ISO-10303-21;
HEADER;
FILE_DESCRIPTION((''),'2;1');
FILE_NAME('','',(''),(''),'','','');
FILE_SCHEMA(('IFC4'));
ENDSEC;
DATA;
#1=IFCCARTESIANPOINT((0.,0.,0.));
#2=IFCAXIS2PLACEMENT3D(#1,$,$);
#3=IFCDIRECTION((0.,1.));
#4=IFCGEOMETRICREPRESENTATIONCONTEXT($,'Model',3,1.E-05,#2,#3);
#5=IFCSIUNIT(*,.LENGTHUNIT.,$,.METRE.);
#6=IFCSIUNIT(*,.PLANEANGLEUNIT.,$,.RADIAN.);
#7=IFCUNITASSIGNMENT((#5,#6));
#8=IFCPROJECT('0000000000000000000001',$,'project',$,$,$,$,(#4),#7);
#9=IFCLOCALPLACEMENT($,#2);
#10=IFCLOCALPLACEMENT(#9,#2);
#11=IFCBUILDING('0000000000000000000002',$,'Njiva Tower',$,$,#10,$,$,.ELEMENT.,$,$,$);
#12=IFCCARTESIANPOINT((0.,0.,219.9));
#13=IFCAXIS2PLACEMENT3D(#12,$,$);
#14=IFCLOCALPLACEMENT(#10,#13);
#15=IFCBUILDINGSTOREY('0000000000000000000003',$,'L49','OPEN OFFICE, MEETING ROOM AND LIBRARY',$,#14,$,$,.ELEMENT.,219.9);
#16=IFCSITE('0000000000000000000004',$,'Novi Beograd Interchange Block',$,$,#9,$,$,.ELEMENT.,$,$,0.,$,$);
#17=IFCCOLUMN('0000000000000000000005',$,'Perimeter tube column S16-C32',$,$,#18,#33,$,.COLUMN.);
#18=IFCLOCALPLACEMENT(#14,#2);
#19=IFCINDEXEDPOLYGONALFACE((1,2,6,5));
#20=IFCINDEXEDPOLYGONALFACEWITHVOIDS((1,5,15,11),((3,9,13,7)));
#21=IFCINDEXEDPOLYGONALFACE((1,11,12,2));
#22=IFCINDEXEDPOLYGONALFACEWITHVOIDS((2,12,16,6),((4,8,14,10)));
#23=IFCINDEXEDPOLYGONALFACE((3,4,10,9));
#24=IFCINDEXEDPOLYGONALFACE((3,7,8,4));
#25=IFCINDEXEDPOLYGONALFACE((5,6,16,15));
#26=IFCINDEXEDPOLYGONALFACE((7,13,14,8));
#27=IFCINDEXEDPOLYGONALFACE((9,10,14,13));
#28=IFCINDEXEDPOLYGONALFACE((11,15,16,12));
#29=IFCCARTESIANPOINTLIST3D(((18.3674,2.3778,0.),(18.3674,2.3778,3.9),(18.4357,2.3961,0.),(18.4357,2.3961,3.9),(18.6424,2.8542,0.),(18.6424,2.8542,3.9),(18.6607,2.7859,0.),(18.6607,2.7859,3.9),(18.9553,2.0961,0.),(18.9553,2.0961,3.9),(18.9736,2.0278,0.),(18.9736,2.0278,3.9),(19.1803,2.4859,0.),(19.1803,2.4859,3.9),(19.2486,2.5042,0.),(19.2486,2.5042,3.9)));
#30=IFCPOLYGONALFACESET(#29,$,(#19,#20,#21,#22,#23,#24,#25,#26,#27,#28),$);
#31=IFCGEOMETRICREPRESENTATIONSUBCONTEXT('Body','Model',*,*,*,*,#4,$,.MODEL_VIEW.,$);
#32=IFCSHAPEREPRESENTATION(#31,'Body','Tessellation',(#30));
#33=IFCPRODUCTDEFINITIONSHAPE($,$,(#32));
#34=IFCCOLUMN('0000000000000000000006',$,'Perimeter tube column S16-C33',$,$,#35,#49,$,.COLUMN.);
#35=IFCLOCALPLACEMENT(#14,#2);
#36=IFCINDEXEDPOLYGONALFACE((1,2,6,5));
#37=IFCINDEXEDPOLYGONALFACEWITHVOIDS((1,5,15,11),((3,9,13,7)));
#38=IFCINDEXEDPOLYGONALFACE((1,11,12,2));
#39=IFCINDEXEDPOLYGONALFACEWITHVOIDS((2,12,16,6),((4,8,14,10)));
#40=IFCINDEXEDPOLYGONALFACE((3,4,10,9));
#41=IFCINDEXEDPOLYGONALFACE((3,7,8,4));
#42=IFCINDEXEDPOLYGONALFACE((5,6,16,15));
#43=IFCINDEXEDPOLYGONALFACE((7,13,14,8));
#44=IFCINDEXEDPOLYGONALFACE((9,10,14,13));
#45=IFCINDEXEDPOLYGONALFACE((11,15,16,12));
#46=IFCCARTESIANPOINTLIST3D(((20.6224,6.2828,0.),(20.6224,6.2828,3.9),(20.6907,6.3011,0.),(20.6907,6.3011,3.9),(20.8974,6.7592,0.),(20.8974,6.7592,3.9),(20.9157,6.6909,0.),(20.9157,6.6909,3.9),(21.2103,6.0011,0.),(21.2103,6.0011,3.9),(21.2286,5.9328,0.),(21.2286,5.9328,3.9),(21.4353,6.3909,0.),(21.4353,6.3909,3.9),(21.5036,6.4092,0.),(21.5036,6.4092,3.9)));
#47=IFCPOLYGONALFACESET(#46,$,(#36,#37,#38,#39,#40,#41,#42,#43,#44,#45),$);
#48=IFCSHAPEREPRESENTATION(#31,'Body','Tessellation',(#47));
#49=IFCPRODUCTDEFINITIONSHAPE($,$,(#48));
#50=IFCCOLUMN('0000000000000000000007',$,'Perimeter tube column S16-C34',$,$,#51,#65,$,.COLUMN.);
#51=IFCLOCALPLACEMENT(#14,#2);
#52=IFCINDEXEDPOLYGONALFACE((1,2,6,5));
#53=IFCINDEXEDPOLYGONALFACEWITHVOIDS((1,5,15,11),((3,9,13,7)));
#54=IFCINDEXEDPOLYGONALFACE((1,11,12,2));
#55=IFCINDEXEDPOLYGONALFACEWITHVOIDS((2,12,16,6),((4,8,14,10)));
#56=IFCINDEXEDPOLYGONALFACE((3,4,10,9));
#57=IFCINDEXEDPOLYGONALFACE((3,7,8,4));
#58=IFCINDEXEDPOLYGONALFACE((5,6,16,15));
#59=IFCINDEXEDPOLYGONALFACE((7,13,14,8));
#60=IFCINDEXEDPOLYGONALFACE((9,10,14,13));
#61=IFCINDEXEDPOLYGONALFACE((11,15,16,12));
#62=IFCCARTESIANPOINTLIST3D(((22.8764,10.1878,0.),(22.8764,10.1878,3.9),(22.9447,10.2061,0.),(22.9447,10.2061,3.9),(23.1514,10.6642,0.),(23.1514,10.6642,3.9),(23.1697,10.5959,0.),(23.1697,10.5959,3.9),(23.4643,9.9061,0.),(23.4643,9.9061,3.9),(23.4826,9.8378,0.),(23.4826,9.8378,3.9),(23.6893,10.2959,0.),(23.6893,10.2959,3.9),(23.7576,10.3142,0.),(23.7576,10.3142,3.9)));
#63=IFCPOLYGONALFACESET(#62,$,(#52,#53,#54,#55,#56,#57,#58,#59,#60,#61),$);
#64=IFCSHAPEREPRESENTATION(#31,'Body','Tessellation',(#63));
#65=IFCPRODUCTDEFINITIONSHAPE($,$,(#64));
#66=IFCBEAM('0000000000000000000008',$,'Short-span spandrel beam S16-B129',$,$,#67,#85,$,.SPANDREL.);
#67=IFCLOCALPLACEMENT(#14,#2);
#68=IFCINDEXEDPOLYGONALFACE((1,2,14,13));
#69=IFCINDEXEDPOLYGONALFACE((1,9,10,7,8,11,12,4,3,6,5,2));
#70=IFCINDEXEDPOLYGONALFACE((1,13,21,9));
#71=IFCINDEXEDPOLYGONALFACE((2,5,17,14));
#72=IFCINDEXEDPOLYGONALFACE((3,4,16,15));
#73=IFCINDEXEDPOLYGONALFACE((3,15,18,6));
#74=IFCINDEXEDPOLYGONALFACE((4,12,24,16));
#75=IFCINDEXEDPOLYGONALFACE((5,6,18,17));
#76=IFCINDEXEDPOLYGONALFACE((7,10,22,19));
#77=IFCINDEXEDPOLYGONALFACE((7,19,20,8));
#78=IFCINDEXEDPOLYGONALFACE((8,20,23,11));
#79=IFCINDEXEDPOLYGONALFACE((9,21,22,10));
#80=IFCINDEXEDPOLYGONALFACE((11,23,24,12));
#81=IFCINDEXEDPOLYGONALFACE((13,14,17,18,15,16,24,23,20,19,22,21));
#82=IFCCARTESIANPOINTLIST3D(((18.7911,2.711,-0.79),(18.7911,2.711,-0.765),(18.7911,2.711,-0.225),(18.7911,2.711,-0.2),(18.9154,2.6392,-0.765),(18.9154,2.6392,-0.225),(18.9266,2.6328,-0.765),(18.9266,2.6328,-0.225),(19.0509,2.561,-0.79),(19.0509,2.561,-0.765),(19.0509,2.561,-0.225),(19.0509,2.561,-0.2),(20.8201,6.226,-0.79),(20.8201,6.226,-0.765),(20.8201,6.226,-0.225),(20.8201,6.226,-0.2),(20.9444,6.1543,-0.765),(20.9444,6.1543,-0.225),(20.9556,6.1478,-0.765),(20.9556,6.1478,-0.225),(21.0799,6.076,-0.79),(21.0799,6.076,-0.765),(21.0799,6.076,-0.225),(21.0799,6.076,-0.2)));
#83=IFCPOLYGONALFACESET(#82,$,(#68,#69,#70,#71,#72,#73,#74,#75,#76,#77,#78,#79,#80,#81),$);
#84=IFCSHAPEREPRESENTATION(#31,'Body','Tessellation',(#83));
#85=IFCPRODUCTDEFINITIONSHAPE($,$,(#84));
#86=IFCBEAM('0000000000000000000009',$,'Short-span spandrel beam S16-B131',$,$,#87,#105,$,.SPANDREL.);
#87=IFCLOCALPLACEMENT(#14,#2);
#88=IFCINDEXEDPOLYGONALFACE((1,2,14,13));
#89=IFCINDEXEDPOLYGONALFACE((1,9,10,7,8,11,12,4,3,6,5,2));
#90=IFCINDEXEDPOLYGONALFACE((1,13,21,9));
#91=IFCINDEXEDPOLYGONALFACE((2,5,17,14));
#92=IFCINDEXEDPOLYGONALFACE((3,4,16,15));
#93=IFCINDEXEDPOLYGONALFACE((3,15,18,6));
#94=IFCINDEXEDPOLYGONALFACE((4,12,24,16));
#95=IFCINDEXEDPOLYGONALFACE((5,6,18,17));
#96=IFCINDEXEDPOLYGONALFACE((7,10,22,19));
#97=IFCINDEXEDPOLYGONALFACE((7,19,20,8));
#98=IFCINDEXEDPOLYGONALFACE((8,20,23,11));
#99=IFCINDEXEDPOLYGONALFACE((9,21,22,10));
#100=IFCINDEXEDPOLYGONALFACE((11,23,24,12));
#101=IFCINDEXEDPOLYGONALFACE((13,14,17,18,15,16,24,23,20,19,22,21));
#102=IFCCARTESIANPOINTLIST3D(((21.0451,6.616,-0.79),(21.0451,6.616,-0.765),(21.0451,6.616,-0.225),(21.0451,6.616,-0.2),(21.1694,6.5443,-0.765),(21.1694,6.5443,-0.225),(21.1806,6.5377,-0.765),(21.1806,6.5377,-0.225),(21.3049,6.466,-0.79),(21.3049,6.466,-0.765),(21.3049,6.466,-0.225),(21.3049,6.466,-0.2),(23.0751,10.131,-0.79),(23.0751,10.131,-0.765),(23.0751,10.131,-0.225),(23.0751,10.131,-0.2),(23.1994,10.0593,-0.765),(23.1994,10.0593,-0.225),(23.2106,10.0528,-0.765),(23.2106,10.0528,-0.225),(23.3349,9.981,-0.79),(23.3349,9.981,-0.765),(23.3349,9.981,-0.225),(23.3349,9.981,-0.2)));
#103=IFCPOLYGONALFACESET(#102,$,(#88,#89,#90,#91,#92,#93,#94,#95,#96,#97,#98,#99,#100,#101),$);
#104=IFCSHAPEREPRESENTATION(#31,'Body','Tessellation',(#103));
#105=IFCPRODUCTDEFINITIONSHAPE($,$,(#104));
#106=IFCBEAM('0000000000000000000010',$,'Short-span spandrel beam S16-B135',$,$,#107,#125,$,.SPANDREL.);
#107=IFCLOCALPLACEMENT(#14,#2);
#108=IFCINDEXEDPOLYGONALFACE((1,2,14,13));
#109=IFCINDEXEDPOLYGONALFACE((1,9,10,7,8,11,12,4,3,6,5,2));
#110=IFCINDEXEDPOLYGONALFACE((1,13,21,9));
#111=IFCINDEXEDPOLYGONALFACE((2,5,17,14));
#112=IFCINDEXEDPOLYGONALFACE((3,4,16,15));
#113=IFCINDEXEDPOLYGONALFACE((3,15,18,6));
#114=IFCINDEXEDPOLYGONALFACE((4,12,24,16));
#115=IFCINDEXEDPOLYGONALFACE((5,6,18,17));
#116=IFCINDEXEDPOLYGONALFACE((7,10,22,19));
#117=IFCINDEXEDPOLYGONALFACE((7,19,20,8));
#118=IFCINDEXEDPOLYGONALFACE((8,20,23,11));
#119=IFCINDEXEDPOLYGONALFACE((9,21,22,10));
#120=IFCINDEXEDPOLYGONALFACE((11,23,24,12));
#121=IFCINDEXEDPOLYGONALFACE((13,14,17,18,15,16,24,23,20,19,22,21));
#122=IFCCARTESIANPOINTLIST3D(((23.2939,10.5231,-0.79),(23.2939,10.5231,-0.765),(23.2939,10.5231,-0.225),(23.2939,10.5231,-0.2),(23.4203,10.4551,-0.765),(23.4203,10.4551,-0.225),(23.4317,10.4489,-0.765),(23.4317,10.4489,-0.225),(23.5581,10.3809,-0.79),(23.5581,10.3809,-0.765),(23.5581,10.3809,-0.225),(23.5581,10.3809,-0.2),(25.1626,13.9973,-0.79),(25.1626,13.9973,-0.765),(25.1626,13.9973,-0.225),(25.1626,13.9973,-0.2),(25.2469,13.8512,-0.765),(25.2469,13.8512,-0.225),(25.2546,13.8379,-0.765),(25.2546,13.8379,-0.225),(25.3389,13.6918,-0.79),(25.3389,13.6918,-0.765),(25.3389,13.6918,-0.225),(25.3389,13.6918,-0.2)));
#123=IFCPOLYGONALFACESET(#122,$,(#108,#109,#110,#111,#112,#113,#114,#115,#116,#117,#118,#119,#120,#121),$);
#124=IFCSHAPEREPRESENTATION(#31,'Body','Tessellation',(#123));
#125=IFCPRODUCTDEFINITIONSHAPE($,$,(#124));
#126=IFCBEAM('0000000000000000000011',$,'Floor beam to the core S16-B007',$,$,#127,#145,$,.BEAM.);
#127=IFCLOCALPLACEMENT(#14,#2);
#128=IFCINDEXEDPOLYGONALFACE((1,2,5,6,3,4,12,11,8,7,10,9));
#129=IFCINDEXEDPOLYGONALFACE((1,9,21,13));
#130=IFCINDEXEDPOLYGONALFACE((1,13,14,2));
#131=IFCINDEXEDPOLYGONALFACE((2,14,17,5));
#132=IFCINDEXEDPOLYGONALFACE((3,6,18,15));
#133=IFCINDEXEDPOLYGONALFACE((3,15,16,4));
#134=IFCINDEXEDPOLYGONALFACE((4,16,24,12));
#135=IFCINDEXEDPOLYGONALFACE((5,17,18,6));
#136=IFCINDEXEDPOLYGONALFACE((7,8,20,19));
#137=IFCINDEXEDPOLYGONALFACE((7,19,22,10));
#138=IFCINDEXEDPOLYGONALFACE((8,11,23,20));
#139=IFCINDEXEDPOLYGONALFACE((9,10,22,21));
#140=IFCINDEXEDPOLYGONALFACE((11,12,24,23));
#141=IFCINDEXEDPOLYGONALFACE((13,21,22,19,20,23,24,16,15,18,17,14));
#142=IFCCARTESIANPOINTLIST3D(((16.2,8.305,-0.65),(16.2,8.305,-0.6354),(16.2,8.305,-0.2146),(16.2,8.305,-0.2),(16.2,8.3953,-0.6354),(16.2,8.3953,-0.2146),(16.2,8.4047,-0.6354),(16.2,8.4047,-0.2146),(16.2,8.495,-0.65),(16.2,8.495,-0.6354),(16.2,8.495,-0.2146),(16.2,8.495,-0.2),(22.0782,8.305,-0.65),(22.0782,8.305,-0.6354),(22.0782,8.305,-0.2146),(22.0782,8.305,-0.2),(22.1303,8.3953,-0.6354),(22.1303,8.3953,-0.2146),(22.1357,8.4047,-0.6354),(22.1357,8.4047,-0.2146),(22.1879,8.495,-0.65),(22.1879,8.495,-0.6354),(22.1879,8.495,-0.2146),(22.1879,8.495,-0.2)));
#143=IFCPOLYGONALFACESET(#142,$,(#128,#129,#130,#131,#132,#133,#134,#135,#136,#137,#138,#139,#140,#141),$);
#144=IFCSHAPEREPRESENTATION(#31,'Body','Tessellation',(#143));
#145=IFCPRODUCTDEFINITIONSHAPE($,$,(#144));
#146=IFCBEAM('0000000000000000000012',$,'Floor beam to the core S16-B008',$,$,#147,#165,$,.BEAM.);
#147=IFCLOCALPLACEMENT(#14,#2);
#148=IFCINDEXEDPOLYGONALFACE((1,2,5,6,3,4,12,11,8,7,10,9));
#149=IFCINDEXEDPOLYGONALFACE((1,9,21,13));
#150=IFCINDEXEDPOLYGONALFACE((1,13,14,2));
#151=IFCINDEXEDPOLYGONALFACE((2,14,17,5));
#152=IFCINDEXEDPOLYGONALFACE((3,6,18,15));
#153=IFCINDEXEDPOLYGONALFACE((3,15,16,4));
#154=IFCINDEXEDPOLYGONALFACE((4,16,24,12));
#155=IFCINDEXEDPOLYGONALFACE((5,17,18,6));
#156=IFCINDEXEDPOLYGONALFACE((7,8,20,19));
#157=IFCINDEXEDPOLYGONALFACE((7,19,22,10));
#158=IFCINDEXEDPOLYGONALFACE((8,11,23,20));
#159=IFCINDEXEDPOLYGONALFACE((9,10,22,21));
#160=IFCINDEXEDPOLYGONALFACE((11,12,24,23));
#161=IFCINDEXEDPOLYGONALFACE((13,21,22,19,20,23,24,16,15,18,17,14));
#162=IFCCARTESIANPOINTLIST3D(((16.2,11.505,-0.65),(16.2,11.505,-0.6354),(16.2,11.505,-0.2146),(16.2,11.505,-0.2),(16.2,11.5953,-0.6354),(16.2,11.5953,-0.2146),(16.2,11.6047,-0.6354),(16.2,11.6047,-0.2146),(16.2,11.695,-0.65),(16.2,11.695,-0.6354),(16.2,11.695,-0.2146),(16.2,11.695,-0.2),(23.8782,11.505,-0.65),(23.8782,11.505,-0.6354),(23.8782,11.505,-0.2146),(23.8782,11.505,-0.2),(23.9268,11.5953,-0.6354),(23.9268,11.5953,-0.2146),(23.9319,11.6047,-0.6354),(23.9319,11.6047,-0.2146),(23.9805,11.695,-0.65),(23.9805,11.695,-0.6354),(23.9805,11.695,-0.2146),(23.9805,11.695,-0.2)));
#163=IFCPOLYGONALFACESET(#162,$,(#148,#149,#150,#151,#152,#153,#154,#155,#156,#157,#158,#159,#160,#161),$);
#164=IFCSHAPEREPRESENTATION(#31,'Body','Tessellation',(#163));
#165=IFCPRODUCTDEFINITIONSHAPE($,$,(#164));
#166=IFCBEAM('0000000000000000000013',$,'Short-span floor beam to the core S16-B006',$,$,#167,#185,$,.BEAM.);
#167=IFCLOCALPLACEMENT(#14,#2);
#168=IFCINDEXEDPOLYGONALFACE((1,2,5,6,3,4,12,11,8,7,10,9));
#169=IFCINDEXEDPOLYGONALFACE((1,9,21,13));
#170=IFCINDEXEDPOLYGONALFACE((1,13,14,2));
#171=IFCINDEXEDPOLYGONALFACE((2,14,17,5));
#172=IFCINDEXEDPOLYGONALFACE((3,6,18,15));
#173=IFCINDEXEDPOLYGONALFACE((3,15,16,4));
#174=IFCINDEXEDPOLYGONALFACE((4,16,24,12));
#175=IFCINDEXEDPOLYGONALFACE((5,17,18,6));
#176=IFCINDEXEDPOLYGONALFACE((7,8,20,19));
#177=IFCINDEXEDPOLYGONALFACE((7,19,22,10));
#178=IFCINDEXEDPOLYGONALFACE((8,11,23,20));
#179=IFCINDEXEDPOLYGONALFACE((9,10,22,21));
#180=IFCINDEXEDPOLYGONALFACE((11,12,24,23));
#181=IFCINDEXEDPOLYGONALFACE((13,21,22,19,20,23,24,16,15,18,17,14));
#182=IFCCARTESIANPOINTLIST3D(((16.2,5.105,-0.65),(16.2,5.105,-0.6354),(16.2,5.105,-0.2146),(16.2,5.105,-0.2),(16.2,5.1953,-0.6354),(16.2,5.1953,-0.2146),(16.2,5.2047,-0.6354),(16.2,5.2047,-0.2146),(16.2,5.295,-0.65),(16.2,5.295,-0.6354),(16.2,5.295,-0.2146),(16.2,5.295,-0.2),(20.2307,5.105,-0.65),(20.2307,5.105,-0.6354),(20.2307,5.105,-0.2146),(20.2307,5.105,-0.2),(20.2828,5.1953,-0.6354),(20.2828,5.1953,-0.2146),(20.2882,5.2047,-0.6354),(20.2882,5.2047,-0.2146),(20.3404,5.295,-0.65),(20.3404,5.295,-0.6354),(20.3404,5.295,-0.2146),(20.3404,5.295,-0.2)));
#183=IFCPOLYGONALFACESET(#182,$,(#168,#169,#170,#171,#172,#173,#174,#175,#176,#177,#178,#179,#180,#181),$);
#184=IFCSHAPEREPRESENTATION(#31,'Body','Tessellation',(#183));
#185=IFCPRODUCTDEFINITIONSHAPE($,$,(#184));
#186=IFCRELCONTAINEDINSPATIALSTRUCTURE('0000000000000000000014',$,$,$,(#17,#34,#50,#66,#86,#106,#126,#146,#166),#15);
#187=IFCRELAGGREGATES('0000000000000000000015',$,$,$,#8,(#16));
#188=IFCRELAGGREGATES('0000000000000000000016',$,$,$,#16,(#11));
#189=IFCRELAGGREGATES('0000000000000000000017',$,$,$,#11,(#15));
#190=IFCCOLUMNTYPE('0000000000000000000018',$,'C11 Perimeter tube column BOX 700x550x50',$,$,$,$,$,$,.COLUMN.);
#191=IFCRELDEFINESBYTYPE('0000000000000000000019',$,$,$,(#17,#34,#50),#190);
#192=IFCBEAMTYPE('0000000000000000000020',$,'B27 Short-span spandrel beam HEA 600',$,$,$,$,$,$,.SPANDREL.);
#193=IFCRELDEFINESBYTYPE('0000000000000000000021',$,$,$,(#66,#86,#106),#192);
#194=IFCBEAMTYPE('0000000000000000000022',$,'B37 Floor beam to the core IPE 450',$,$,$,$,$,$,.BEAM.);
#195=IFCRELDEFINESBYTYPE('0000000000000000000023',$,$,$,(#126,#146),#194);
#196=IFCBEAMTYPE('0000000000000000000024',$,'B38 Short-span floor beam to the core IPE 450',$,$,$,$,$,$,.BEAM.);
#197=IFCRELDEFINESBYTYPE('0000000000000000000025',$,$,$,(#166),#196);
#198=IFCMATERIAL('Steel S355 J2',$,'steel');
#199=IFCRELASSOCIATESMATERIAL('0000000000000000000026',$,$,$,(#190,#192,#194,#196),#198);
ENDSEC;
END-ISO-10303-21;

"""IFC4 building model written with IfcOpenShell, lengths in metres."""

from ifc_helpers import new_model, si_unit, direction, frame, origin, origin_2d, place, context, subcontext, project, spatial, hollow_rectangle, i_section, extrude, clip, halfspace, material, material_profile, profile_set, type_object, element, save


model = new_model("IFC4")

# Units and contexts
model_context = context("Model", 3, precision=1e-05, world=origin(), true_north=direction((0.0, 1.0)))
body_context = subcontext(model_context, "Body", "Model", "MODEL_VIEW")
ifc_project = project(units=[si_unit("LENGTHUNIT", "METRE"), si_unit("PLANEANGLEUNIT", "RADIAN")], contexts=[model_context])

# Site, building, storey
site_placement = place(None, origin())
site = spatial("IfcSite", under=ifc_project, at=site_placement, Name="Novi Beograd Interchange Block", CompositionType="ELEMENT", RefElevation=0.0)
building_placement = place(site_placement, origin())
building = spatial("IfcBuilding", under=site, at=building_placement, Name="Njiva Tower", CompositionType="ELEMENT")
storey_placement = place(building_placement, frame((0.0, 0.0, 219.9)))
storey = spatial("IfcBuildingStorey", under=building, at=storey_placement, Name="L49", Description="OPEN OFFICE, MEETING ROOM AND LIBRARY", CompositionType="ELEMENT", Elevation=219.9)

# Columns
ifc_material_1 = material(Name="Steel S355 J2", Category="steel")
ifc_material_profile_1 = material_profile(ifc_material_1, hollow_rectangle(XDim=0.55, YDim=0.7, WallThickness=0.05, at=origin_2d()), Name="BOX 700x550x50")
ifc_profile_set_1 = profile_set([ifc_material_profile_1], Name="Steel S355 J2")
column_type = type_object("IfcColumnType", Name="C11 Perimeter tube column BOX 700x550x50", PredefinedType="COLUMN", material=ifc_profile_set_1)
for number, where, z_axis, x_axis, name in (
    (1, (18.808, 2.441, 0.0), (0.0, 0.0, 1.0), (0.5, 0.866025, 0.0), "Perimeter tube column S16-C32"),
    (2, (21.063, 6.346, 0.0), (0.0, 0.0, 1.0), (0.5, 0.866025, 0.0), "Perimeter tube column S16-C33"),
    (3, (23.317, 10.251, 0.0), (0.0, 0.0, 1.0), (0.5, 0.866025, 0.0), "Perimeter tube column S16-C34"),
):
    element("IfcColumn", number, at=place(storey_placement, frame(where, z_axis=z_axis, x_axis=x_axis)), inside=storey, type_object=column_type, Name=name, PredefinedType="COLUMN", context=body_context, shape_type="SweptSolid", body=[
        extrude(hollow_rectangle(XDim=0.55, YDim=0.7, WallThickness=0.05, at=origin_2d()), origin(), (0.0, 0.0, 1.0), 3.9),
    ])

# Beams
ifc_material_profile_2 = material_profile(ifc_material_1, i_section(OverallWidth=0.3, OverallDepth=0.59, WebThickness=0.013, FlangeThickness=0.025, at=origin_2d()), Name="HEA 600")
ifc_profile_set_2 = profile_set([ifc_material_profile_2], Name="Steel S355 J2")
beam_type_1 = type_object("IfcBeamType", Name="B27 Short-span spandrel beam HEA 600", PredefinedType="SPANDREL", material=ifc_profile_set_2)
beam_1_placement = place(storey_placement, frame((18.921, 2.636, -0.495), z_axis=(0.499929, 0.866067, 0.0), x_axis=(-0.866067, 0.499929, 0.0)))
element("IfcBeam", 4, at=beam_1_placement, inside=storey, type_object=beam_type_1, Name="Short-span spandrel beam S16-B129", PredefinedType="SPANDREL", context=body_context, shape_type="SweptSolid", body=[
    extrude(i_section(OverallWidth=0.3, OverallDepth=0.59, WebThickness=0.013, FlangeThickness=0.025, at=origin_2d()), origin(), (0.0, 0.0, 1.0), 4.0586),
])
beam_2_placement = place(storey_placement, frame((21.175, 6.541, -0.495), z_axis=(0.500113, 0.86596, 0.0), x_axis=(-0.86596, 0.500113, 0.0)))
element("IfcBeam", 5, at=beam_2_placement, inside=storey, type_object=beam_type_1, Name="Short-span spandrel beam S16-B131", PredefinedType="SPANDREL", context=body_context, shape_type="SweptSolid", body=[
    extrude(i_section(OverallWidth=0.3, OverallDepth=0.59, WebThickness=0.013, FlangeThickness=0.025, at=origin_2d()), origin(), (0.0, 0.0, 1.0), 4.0591),
])
beam_3_placement = place(storey_placement, frame((23.426, 10.452, -0.495), z_axis=(0.473697, 0.880688, 0.0), x_axis=(-0.880688, 0.473697, 0.0)))
element("IfcBeam", 6, at=beam_3_placement, inside=storey, type_object=beam_type_1, Name="Short-span spandrel beam S16-B135", PredefinedType="SPANDREL", context=body_context, shape_type="Clipping", body=[
    clip(extrude(i_section(OverallWidth=0.3, OverallDepth=0.59, WebThickness=0.013, FlangeThickness=0.025, at=origin_2d()), origin(), (0.0, 0.0, 1.0), 3.9657), halfspace(frame((-0.026, 0.0, 3.8361), z_axis=(-0.525851, 0.0, 0.850577), x_axis=(0.0, 1.0, 0.0)), False)),
])
ifc_material_profile_3 = material_profile(ifc_material_1, i_section(OverallWidth=0.19, OverallDepth=0.45, WebThickness=0.0094, FlangeThickness=0.0146, at=origin_2d()), Name="IPE 450")
ifc_profile_set_3 = profile_set([ifc_material_profile_3], Name="Steel S355 J2")
beam_type_2 = type_object("IfcBeamType", Name="B37 Floor beam to the core IPE 450", PredefinedType="BEAM", material=ifc_profile_set_3)
beam_4_placement = place(storey_placement, frame((16.2, 8.4, -0.425), z_axis=(1.0, 0.0, 0.0), x_axis=(0.0, 1.0, 0.0)))
element("IfcBeam", 7, at=beam_4_placement, inside=storey, type_object=beam_type_2, Name="Floor beam to the core S16-B007", PredefinedType="BEAM", context=body_context, shape_type="Clipping", body=[
    clip(extrude(i_section(OverallWidth=0.19, OverallDepth=0.45, WebThickness=0.0094, FlangeThickness=0.0146, at=origin_2d()), origin(), (0.0, 0.0, 1.0), 6.008), halfspace(frame((-0.025, 0.0, 5.9186), z_axis=(-0.499998, 0.0, 0.866027), x_axis=(0.0, 1.0, 0.0)), False)),
])
beam_5_placement = place(storey_placement, frame((16.2, 11.6, -0.425), z_axis=(1.0, 0.0, 0.0), x_axis=(0.0, 1.0, 0.0)))
element("IfcBeam", 8, at=beam_5_placement, inside=storey, type_object=beam_type_2, Name="Floor beam to the core S16-B008", PredefinedType="BEAM", context=body_context, shape_type="Clipping", body=[
    clip(extrude(i_section(OverallWidth=0.19, OverallDepth=0.45, WebThickness=0.0094, FlangeThickness=0.0146, at=origin_2d()), origin(), (0.0, 0.0, 1.0), 7.8), halfspace(frame((-0.0237, 0.0, 7.7166), z_axis=(-0.473777, 0.0, 0.880645), x_axis=(0.0, 1.0, 0.0)), False)),
])
ifc_material_profile_4 = material_profile(ifc_material_1, i_section(OverallWidth=0.19, OverallDepth=0.45, WebThickness=0.0094, FlangeThickness=0.0146, at=origin_2d()), Name="IPE 450")
ifc_profile_set_4 = profile_set([ifc_material_profile_4], Name="Steel S355 J2")
beam_type_3 = type_object("IfcBeamType", Name="B38 Short-span floor beam to the core IPE 450", PredefinedType="BEAM", material=ifc_profile_set_4)
beam_6_placement = place(storey_placement, frame((16.2, 5.2, -0.425), z_axis=(1.0, 0.0, 0.0), x_axis=(0.0, 1.0, 0.0)))
element("IfcBeam", 9, at=beam_6_placement, inside=storey, type_object=beam_type_3, Name="Short-span floor beam to the core S16-B006", PredefinedType="BEAM", context=body_context, shape_type="Clipping", body=[
    clip(extrude(i_section(OverallWidth=0.19, OverallDepth=0.45, WebThickness=0.0094, FlangeThickness=0.0146, at=origin_2d()), origin(), (0.0, 0.0, 1.0), 4.161), halfspace(frame((-0.025, 0.0, 4.0711), z_axis=(-0.499998, 0.0, 0.866027), x_axis=(0.0, 1.0, 0.0)), False)),
])

save(model, "model.ifc")
